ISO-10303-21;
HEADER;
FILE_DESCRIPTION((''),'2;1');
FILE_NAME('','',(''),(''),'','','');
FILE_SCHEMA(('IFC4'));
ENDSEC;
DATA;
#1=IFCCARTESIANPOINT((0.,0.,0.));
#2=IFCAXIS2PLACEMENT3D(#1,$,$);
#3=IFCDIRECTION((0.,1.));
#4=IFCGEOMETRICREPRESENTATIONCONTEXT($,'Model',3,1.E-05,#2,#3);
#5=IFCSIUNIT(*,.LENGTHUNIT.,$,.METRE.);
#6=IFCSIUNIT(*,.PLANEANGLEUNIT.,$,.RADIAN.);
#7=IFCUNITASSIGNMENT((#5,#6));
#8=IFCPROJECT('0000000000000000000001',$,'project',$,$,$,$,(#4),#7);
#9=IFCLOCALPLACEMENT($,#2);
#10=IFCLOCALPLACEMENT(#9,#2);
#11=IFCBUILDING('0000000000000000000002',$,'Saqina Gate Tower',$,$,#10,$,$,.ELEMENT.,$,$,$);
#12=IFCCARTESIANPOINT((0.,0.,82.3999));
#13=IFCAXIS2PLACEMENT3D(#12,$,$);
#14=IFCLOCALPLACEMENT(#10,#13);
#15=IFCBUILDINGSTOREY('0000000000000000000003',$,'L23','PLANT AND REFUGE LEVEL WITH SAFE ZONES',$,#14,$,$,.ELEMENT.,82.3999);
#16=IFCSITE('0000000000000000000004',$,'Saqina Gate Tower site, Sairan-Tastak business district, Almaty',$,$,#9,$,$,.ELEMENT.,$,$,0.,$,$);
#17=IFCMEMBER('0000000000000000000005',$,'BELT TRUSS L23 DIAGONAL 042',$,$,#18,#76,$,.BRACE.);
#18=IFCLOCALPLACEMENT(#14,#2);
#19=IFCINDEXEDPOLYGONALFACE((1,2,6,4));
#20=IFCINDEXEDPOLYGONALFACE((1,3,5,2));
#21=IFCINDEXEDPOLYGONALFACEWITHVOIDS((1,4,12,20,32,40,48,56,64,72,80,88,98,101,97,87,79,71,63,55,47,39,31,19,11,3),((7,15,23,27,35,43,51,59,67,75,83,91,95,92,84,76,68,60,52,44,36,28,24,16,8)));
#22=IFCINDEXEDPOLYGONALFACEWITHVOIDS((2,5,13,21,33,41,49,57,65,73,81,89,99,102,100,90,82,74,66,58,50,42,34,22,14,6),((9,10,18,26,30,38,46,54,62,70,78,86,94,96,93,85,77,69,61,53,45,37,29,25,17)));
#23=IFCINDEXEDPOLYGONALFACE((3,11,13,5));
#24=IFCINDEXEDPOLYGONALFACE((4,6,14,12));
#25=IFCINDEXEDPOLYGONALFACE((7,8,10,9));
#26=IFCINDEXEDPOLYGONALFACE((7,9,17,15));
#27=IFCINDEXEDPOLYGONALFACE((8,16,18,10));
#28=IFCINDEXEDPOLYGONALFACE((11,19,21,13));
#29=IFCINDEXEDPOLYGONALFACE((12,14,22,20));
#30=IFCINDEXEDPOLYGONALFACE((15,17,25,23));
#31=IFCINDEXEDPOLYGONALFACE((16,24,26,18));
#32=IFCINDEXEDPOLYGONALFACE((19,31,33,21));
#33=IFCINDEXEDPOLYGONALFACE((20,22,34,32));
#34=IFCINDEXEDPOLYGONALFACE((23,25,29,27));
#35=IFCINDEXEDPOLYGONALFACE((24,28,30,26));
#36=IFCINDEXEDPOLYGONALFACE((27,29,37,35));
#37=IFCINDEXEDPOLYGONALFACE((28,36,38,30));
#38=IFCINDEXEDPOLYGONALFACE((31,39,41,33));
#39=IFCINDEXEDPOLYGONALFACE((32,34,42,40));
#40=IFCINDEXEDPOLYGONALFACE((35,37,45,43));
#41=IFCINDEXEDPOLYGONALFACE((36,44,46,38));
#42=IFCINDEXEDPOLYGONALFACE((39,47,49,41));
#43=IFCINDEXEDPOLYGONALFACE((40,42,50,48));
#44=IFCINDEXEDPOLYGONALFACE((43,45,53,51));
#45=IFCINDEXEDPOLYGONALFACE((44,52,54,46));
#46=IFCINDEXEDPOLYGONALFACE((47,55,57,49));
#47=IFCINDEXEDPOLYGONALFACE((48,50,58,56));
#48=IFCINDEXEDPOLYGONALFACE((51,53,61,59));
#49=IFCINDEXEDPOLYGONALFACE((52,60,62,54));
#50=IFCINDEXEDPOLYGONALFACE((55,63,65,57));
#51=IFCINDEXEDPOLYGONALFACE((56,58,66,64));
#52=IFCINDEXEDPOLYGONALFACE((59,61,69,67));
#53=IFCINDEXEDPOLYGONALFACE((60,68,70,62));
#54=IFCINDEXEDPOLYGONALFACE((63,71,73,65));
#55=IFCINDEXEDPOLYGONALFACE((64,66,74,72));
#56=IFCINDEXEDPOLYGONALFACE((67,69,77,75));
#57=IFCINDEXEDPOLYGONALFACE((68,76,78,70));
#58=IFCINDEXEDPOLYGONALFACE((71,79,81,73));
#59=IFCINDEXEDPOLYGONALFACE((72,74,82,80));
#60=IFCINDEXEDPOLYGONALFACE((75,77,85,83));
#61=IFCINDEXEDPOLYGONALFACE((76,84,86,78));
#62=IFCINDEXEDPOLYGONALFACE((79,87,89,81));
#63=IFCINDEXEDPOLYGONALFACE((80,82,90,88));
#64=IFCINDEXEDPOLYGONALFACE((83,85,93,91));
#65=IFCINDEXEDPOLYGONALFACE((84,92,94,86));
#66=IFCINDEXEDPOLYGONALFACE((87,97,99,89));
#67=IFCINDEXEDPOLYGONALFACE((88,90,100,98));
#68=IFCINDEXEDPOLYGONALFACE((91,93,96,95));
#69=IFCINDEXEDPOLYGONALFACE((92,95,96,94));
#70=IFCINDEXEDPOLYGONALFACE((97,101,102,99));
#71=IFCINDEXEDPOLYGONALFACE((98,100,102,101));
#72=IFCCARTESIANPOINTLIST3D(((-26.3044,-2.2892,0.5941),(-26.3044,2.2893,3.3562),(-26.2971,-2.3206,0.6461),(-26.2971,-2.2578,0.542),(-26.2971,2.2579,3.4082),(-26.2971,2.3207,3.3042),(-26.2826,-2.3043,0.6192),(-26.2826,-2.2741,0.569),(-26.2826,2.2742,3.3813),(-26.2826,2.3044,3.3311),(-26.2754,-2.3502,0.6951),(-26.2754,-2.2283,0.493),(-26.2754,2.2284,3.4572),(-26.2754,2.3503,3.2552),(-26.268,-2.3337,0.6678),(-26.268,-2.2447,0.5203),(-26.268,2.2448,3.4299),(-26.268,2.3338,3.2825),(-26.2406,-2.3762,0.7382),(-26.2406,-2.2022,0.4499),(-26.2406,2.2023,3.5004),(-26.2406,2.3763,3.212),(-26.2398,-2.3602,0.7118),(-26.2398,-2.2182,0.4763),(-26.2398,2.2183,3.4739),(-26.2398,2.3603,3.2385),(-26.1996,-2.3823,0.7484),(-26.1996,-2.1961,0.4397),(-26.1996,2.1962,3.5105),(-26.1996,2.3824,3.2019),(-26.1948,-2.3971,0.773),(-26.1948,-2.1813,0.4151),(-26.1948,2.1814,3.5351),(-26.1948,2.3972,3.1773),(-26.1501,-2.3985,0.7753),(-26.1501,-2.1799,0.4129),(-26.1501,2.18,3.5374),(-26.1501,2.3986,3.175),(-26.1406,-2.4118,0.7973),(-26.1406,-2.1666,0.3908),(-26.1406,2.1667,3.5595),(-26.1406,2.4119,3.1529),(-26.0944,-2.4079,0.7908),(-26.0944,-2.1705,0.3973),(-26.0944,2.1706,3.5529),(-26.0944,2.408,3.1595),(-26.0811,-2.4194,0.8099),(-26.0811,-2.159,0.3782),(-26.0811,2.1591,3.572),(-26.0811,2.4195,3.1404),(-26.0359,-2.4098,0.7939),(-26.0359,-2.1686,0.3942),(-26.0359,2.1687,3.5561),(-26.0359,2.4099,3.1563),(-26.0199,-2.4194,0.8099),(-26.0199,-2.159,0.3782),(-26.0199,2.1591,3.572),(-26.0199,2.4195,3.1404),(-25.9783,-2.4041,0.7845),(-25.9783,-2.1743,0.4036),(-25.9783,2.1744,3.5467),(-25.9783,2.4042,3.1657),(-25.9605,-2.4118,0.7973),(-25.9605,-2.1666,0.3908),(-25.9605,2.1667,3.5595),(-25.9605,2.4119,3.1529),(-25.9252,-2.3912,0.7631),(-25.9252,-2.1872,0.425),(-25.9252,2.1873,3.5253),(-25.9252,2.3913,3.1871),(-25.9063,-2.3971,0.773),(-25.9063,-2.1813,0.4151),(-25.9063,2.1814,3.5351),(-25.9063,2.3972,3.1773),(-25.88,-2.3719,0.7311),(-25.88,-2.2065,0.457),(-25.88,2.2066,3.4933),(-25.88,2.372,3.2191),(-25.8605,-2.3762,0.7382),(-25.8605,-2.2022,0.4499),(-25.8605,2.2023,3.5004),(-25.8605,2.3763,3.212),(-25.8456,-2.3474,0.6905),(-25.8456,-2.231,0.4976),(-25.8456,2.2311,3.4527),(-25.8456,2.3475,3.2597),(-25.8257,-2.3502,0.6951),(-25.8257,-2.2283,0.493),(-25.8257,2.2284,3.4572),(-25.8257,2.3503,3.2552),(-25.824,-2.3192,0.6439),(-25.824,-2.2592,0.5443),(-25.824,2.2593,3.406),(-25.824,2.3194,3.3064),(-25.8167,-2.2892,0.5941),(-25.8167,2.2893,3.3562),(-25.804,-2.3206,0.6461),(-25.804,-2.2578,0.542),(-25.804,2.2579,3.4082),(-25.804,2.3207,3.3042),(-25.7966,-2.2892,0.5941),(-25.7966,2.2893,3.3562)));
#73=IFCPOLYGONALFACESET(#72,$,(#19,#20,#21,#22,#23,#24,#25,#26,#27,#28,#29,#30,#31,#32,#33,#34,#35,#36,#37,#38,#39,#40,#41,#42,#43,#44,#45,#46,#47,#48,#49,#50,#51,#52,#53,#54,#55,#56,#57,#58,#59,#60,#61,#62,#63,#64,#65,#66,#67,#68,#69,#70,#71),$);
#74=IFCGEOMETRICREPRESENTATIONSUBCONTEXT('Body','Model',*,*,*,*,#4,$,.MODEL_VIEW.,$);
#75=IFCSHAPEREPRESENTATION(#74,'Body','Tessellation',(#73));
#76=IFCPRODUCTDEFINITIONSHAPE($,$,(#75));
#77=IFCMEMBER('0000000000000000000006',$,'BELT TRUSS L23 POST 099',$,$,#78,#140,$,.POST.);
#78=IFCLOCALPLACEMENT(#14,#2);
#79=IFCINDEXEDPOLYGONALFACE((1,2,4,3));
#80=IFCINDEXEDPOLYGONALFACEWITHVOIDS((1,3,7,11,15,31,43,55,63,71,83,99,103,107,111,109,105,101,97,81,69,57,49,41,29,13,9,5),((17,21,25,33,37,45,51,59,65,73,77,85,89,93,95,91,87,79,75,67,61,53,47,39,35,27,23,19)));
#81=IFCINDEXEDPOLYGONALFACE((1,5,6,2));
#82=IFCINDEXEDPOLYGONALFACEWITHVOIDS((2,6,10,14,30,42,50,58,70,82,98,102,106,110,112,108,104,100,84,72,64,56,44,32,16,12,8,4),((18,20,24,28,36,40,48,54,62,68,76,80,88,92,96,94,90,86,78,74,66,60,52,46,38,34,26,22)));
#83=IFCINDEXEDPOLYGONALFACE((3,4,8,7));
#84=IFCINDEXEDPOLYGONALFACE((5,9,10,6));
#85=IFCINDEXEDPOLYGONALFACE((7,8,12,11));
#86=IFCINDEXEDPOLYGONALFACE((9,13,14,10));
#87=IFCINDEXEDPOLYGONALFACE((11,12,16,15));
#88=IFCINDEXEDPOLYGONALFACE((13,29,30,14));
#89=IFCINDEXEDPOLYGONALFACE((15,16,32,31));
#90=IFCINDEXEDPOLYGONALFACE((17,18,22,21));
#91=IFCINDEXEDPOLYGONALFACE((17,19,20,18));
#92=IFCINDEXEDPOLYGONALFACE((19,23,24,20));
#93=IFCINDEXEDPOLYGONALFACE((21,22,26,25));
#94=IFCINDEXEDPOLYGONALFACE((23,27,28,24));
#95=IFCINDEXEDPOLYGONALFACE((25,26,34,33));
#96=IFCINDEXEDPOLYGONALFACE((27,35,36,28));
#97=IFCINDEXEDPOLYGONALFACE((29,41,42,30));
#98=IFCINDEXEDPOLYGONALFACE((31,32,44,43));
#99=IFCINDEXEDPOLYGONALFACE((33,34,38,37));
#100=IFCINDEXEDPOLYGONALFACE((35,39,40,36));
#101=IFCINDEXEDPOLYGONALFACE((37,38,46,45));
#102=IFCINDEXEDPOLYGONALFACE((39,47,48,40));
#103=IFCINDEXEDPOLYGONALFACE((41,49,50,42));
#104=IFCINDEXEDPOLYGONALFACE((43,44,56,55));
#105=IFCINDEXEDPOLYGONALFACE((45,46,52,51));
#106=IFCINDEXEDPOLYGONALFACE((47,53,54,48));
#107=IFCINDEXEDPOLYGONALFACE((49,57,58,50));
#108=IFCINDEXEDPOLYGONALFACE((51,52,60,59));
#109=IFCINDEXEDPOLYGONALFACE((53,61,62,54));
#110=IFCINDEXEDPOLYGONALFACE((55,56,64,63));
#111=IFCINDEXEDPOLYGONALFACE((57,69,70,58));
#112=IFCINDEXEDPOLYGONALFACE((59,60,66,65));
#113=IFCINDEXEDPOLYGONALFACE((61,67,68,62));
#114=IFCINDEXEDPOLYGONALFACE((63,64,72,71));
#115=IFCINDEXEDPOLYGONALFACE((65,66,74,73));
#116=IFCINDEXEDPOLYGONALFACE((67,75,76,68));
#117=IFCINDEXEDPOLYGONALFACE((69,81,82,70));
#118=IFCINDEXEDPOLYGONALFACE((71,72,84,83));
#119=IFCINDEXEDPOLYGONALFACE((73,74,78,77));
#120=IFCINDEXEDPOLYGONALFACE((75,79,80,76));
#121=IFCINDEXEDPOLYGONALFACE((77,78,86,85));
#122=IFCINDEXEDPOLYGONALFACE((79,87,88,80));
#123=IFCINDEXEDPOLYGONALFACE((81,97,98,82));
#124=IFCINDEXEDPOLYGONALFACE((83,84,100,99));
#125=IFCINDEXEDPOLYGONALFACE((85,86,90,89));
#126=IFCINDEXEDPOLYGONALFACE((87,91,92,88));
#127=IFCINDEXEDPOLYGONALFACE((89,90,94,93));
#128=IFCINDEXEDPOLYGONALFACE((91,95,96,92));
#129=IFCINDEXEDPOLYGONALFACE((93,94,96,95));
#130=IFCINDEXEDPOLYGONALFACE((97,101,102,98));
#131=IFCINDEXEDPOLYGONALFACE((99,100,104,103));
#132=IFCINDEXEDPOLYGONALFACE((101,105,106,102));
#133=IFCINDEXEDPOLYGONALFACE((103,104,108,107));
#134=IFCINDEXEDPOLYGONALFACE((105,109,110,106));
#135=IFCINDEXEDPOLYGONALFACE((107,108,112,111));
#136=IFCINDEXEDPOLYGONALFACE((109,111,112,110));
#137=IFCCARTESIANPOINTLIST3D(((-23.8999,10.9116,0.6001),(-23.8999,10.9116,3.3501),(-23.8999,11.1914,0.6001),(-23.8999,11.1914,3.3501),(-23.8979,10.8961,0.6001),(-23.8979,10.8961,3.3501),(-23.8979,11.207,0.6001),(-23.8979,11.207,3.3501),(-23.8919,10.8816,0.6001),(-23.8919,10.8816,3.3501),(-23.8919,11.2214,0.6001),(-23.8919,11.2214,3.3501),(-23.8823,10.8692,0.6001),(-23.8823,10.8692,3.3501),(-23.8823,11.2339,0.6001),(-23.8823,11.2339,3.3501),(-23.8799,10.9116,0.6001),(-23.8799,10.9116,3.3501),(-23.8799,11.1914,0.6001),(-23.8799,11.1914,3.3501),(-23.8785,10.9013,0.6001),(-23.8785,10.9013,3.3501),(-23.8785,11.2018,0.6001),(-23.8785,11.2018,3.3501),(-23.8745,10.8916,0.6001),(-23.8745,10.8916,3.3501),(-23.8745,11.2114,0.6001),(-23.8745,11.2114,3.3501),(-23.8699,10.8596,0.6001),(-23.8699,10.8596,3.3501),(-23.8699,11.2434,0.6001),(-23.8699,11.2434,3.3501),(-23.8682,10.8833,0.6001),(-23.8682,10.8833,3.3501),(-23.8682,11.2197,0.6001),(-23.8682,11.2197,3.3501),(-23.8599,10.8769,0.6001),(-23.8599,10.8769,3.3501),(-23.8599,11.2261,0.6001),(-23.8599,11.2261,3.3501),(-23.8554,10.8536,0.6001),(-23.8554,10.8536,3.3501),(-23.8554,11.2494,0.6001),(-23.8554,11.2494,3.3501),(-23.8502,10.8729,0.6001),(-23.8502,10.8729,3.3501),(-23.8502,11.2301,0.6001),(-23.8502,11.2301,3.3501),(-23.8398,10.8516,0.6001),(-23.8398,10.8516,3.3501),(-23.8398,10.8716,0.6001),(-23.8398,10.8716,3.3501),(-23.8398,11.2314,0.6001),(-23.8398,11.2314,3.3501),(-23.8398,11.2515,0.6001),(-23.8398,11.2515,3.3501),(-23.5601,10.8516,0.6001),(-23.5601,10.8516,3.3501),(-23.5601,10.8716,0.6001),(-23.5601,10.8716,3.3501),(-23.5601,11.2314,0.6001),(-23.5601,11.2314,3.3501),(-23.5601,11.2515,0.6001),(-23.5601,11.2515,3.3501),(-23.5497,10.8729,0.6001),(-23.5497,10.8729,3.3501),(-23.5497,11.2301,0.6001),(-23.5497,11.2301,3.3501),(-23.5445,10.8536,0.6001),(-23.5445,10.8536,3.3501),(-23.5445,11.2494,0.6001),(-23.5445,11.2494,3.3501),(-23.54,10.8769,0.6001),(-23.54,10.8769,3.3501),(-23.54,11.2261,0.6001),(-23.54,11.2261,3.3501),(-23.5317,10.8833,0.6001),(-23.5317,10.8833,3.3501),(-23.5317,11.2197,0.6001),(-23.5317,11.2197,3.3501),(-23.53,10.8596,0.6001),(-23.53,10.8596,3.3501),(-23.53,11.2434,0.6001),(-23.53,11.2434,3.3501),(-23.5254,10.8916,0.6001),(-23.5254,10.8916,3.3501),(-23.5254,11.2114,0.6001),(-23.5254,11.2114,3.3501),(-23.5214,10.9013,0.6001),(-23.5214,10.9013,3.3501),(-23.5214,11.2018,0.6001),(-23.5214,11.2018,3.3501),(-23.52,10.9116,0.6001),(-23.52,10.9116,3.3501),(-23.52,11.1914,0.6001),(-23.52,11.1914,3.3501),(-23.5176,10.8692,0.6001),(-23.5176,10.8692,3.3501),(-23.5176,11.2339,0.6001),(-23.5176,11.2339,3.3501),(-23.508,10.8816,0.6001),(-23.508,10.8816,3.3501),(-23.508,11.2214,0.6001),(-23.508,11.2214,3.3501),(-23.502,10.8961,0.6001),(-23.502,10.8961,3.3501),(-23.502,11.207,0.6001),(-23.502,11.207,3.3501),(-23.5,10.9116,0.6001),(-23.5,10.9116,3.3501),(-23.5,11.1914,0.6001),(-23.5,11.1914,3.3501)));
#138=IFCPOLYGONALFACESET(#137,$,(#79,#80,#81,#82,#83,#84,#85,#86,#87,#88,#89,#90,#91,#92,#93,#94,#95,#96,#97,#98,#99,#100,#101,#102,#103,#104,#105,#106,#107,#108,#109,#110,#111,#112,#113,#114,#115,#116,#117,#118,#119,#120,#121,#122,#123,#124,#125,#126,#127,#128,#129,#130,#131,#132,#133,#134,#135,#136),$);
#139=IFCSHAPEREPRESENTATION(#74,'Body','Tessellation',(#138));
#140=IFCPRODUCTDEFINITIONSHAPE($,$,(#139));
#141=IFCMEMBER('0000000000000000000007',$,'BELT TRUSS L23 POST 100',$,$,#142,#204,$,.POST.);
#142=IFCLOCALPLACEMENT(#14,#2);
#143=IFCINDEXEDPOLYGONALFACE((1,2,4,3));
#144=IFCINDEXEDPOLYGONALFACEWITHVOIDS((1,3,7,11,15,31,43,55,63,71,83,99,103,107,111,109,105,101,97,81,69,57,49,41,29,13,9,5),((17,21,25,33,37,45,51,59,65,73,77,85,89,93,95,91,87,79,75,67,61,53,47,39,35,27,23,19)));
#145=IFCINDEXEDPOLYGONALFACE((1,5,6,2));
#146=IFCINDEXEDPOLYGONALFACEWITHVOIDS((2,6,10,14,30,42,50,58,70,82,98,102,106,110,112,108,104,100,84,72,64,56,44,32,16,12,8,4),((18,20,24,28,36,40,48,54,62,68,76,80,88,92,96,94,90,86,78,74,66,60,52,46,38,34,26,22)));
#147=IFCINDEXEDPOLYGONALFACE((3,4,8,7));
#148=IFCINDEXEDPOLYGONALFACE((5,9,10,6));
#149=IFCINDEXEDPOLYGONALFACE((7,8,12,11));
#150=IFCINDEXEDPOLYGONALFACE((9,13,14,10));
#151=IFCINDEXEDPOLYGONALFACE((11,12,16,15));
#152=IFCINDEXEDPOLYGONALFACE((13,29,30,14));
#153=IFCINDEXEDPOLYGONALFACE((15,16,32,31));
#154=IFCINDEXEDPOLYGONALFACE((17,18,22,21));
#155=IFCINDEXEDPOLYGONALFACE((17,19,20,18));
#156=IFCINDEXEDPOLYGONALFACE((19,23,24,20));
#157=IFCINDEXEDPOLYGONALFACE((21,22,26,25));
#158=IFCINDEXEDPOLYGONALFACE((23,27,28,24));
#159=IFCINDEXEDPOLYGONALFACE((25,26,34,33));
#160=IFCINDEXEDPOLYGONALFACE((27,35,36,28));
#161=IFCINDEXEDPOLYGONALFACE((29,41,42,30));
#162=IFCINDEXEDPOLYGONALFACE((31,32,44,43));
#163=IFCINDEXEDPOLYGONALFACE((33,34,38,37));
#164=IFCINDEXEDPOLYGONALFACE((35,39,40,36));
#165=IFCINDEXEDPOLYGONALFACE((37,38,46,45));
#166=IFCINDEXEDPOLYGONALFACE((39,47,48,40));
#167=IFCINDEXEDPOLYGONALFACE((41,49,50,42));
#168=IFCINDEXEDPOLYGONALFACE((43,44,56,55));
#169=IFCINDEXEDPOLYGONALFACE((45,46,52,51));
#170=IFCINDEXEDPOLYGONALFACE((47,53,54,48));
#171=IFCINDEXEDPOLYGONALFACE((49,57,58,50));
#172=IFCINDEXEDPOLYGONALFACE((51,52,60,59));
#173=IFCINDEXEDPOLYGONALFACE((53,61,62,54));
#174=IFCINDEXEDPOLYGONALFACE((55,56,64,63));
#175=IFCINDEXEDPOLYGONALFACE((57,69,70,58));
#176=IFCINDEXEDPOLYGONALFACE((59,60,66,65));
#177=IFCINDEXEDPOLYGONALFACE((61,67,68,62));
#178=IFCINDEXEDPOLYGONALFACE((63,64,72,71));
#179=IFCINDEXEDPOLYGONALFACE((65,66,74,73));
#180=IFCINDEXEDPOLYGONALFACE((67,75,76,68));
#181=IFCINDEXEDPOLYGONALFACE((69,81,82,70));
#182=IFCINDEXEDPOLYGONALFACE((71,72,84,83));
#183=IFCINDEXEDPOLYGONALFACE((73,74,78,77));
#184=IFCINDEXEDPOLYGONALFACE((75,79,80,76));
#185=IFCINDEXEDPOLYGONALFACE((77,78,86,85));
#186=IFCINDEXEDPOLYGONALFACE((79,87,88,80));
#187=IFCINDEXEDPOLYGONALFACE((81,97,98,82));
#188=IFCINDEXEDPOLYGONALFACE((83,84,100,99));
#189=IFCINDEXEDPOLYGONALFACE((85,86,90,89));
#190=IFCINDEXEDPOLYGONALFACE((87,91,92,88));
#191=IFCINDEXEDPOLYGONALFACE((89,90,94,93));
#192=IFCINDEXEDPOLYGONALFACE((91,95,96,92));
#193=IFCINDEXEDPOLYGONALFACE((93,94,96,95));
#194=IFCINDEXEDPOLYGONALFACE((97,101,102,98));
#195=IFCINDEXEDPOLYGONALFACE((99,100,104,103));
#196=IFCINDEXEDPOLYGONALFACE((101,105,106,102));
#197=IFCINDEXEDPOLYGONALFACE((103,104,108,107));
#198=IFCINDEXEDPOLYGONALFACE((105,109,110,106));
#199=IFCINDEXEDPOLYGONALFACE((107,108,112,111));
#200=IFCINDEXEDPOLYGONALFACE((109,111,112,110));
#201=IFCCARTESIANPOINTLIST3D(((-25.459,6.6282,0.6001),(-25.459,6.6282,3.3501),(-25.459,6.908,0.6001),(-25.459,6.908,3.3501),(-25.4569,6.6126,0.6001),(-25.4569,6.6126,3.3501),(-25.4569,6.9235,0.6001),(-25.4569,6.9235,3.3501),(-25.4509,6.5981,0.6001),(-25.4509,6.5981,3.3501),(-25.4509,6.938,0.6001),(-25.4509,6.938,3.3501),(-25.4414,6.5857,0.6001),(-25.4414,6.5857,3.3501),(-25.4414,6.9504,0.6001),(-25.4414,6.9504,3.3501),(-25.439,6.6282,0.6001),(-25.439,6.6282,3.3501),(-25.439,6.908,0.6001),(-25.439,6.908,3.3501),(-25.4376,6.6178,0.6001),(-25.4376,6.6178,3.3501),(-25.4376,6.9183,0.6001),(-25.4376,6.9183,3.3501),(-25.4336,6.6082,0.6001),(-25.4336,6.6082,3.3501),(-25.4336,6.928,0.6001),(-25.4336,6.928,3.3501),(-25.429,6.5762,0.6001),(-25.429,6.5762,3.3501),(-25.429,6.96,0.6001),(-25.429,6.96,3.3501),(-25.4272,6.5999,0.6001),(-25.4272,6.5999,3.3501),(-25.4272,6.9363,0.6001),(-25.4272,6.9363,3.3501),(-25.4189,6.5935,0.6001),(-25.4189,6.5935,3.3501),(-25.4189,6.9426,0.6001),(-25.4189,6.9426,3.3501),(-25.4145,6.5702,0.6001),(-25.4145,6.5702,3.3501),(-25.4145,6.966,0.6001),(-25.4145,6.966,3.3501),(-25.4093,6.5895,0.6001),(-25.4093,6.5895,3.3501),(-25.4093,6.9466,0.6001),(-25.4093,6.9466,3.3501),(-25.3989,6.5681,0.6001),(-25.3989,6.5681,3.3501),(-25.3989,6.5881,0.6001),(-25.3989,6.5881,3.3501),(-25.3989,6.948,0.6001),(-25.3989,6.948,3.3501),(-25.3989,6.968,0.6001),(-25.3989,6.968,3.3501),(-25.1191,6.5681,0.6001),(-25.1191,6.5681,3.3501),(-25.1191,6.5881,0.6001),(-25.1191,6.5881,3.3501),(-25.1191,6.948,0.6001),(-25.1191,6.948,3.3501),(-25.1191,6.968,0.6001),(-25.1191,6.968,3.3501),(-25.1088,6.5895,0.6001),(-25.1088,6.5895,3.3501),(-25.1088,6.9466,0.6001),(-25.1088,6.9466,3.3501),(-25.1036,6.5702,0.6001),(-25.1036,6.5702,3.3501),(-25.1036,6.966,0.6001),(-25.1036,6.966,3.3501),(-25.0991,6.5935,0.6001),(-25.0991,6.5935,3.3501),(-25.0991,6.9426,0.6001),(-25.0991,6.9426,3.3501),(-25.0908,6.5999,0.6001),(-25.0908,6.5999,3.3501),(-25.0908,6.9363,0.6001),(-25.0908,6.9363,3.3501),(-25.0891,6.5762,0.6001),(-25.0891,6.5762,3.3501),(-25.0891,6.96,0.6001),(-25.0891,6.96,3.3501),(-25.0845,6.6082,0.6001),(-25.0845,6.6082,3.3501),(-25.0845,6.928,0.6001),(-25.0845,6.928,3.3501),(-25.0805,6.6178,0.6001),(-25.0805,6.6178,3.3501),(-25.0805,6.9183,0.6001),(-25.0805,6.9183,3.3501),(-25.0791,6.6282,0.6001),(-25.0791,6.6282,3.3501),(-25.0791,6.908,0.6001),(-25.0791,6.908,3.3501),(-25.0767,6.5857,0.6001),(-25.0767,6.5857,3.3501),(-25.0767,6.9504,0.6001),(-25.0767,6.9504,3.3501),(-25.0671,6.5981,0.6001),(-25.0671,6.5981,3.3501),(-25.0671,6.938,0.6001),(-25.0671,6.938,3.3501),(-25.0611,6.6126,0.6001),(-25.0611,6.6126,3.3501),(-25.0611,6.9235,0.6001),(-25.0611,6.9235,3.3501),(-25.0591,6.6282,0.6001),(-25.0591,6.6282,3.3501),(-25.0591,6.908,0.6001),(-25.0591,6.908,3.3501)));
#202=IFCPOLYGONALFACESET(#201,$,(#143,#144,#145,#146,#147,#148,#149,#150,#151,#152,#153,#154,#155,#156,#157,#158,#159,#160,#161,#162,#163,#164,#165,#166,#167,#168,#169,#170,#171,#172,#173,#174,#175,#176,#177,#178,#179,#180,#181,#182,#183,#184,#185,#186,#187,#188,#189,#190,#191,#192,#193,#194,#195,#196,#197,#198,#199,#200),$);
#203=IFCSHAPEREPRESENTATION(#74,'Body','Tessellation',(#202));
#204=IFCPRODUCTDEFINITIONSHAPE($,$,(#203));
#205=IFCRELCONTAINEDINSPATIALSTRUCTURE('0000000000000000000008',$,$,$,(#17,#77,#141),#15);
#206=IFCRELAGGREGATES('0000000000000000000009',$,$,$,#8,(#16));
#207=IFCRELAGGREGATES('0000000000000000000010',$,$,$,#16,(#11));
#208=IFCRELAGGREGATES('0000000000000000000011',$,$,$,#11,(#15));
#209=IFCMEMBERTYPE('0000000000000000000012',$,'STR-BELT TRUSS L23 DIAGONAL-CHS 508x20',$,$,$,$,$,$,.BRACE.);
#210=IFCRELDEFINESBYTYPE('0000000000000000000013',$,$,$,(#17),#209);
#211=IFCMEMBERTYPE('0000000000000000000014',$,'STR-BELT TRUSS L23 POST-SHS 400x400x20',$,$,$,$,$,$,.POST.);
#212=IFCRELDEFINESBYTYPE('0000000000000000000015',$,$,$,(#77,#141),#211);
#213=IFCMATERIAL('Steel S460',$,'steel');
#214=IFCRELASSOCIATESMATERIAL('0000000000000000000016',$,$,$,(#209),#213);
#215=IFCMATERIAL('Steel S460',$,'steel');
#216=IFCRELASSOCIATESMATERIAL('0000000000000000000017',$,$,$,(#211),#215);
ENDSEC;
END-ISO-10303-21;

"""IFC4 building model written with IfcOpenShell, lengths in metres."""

from ifc_helpers import new_model, si_unit, direction, frame, origin, origin_2d, place, context, subcontext, project, spatial, hollow_rectangle, hollow_circle, extrude, material, material_profile, profile_set, type_object, element, save


model = new_model("IFC4")

# Units and contexts
model_context = context("Model", 3, precision=1e-05, world=origin(), true_north=direction((0.0, 1.0)))
body_context = subcontext(model_context, "Body", "Model", "MODEL_VIEW")
ifc_project = project(units=[si_unit("LENGTHUNIT", "METRE"), si_unit("PLANEANGLEUNIT", "RADIAN")], contexts=[model_context])

# Site, building, storey
site_placement = place(None, origin())
site = spatial("IfcSite", under=ifc_project, at=site_placement, Name="Saqina Gate Tower site, Sairan-Tastak business district, Almaty", CompositionType="ELEMENT", RefElevation=0.0)
building_placement = place(site_placement, origin())
building = spatial("IfcBuilding", under=site, at=building_placement, Name="Saqina Gate Tower", CompositionType="ELEMENT")
storey_placement = place(building_placement, frame((0.0, 0.0, 82.3999)))
storey = spatial("IfcBuildingStorey", under=building, at=storey_placement, Name="L23", Description="PLANT AND REFUGE LEVEL WITH SAFE ZONES", CompositionType="ELEMENT", Elevation=82.3999)

# Members
ifc_material_1 = material(Name="Steel S460", Category="steel")
ifc_material_profile_1 = material_profile(ifc_material_1, hollow_circle(Radius=0.2539, WallThickness=0.02, at=origin_2d()), Name="CHS 508x20")
ifc_profile_set_1 = profile_set([ifc_material_profile_1], Name="Steel S460")
member_type_1 = type_object("IfcMemberType", Name="STR-BELT TRUSS L23 DIAGONAL-CHS 508x20", PredefinedType="BRACE", material=ifc_profile_set_1)
for number, where, z_axis, x_axis, name in (
    (1, (-26.0505, 2.2893, 3.3562), (0.0, -0.85625, -0.516562), (1.0, 0.0, 0.0), "BELT TRUSS L23 DIAGONAL 042"),
):
    element("IfcMember", number, at=place(storey_placement, frame(where, z_axis=z_axis, x_axis=x_axis)), inside=storey, type_object=member_type_1, Name=name, PredefinedType="BRACE", context=body_context, shape_type="SweptSolid", body=[
        extrude(hollow_circle(Radius=0.2539, WallThickness=0.02, at=origin_2d()), origin(), (0.0, 0.0, 1.0), 5.3472),
    ])
ifc_material_2 = material(Name="Steel S460", Category="steel")
ifc_material_profile_2 = material_profile(ifc_material_2, hollow_rectangle(XDim=0.3999, YDim=0.3999, WallThickness=0.02, InnerFilletRadius=0.04, OuterFilletRadius=0.0601, at=origin_2d()), Name="SHS 400x400x20")
ifc_profile_set_2 = profile_set([ifc_material_profile_2], Name="Steel S460")
member_type_2 = type_object("IfcMemberType", Name="STR-BELT TRUSS L23 POST-SHS 400x400x20", PredefinedType="POST", material=ifc_profile_set_2)
for number, where, z_axis, x_axis, name in (
    (2, (-23.7, 11.0515, 0.6001), (0.0, 0.0, 1.0), (1.0, 0.0, 0.0), "BELT TRUSS L23 POST 099"),
    (3, (-25.259, 6.7681, 0.6001), (0.0, 0.0, 1.0), (1.0, 0.0, 0.0), "BELT TRUSS L23 POST 100"),
):
    element("IfcMember", number, at=place(storey_placement, frame(where, z_axis=z_axis, x_axis=x_axis)), inside=storey, type_object=member_type_2, Name=name, PredefinedType="POST", context=body_context, shape_type="SweptSolid", body=[
        extrude(hollow_rectangle(XDim=0.3999, YDim=0.3999, WallThickness=0.02, InnerFilletRadius=0.04, OuterFilletRadius=0.0601, at=origin_2d()), origin(), (0.0, 0.0, 1.0), 2.75),
    ])

save(model, "model.ifc")
